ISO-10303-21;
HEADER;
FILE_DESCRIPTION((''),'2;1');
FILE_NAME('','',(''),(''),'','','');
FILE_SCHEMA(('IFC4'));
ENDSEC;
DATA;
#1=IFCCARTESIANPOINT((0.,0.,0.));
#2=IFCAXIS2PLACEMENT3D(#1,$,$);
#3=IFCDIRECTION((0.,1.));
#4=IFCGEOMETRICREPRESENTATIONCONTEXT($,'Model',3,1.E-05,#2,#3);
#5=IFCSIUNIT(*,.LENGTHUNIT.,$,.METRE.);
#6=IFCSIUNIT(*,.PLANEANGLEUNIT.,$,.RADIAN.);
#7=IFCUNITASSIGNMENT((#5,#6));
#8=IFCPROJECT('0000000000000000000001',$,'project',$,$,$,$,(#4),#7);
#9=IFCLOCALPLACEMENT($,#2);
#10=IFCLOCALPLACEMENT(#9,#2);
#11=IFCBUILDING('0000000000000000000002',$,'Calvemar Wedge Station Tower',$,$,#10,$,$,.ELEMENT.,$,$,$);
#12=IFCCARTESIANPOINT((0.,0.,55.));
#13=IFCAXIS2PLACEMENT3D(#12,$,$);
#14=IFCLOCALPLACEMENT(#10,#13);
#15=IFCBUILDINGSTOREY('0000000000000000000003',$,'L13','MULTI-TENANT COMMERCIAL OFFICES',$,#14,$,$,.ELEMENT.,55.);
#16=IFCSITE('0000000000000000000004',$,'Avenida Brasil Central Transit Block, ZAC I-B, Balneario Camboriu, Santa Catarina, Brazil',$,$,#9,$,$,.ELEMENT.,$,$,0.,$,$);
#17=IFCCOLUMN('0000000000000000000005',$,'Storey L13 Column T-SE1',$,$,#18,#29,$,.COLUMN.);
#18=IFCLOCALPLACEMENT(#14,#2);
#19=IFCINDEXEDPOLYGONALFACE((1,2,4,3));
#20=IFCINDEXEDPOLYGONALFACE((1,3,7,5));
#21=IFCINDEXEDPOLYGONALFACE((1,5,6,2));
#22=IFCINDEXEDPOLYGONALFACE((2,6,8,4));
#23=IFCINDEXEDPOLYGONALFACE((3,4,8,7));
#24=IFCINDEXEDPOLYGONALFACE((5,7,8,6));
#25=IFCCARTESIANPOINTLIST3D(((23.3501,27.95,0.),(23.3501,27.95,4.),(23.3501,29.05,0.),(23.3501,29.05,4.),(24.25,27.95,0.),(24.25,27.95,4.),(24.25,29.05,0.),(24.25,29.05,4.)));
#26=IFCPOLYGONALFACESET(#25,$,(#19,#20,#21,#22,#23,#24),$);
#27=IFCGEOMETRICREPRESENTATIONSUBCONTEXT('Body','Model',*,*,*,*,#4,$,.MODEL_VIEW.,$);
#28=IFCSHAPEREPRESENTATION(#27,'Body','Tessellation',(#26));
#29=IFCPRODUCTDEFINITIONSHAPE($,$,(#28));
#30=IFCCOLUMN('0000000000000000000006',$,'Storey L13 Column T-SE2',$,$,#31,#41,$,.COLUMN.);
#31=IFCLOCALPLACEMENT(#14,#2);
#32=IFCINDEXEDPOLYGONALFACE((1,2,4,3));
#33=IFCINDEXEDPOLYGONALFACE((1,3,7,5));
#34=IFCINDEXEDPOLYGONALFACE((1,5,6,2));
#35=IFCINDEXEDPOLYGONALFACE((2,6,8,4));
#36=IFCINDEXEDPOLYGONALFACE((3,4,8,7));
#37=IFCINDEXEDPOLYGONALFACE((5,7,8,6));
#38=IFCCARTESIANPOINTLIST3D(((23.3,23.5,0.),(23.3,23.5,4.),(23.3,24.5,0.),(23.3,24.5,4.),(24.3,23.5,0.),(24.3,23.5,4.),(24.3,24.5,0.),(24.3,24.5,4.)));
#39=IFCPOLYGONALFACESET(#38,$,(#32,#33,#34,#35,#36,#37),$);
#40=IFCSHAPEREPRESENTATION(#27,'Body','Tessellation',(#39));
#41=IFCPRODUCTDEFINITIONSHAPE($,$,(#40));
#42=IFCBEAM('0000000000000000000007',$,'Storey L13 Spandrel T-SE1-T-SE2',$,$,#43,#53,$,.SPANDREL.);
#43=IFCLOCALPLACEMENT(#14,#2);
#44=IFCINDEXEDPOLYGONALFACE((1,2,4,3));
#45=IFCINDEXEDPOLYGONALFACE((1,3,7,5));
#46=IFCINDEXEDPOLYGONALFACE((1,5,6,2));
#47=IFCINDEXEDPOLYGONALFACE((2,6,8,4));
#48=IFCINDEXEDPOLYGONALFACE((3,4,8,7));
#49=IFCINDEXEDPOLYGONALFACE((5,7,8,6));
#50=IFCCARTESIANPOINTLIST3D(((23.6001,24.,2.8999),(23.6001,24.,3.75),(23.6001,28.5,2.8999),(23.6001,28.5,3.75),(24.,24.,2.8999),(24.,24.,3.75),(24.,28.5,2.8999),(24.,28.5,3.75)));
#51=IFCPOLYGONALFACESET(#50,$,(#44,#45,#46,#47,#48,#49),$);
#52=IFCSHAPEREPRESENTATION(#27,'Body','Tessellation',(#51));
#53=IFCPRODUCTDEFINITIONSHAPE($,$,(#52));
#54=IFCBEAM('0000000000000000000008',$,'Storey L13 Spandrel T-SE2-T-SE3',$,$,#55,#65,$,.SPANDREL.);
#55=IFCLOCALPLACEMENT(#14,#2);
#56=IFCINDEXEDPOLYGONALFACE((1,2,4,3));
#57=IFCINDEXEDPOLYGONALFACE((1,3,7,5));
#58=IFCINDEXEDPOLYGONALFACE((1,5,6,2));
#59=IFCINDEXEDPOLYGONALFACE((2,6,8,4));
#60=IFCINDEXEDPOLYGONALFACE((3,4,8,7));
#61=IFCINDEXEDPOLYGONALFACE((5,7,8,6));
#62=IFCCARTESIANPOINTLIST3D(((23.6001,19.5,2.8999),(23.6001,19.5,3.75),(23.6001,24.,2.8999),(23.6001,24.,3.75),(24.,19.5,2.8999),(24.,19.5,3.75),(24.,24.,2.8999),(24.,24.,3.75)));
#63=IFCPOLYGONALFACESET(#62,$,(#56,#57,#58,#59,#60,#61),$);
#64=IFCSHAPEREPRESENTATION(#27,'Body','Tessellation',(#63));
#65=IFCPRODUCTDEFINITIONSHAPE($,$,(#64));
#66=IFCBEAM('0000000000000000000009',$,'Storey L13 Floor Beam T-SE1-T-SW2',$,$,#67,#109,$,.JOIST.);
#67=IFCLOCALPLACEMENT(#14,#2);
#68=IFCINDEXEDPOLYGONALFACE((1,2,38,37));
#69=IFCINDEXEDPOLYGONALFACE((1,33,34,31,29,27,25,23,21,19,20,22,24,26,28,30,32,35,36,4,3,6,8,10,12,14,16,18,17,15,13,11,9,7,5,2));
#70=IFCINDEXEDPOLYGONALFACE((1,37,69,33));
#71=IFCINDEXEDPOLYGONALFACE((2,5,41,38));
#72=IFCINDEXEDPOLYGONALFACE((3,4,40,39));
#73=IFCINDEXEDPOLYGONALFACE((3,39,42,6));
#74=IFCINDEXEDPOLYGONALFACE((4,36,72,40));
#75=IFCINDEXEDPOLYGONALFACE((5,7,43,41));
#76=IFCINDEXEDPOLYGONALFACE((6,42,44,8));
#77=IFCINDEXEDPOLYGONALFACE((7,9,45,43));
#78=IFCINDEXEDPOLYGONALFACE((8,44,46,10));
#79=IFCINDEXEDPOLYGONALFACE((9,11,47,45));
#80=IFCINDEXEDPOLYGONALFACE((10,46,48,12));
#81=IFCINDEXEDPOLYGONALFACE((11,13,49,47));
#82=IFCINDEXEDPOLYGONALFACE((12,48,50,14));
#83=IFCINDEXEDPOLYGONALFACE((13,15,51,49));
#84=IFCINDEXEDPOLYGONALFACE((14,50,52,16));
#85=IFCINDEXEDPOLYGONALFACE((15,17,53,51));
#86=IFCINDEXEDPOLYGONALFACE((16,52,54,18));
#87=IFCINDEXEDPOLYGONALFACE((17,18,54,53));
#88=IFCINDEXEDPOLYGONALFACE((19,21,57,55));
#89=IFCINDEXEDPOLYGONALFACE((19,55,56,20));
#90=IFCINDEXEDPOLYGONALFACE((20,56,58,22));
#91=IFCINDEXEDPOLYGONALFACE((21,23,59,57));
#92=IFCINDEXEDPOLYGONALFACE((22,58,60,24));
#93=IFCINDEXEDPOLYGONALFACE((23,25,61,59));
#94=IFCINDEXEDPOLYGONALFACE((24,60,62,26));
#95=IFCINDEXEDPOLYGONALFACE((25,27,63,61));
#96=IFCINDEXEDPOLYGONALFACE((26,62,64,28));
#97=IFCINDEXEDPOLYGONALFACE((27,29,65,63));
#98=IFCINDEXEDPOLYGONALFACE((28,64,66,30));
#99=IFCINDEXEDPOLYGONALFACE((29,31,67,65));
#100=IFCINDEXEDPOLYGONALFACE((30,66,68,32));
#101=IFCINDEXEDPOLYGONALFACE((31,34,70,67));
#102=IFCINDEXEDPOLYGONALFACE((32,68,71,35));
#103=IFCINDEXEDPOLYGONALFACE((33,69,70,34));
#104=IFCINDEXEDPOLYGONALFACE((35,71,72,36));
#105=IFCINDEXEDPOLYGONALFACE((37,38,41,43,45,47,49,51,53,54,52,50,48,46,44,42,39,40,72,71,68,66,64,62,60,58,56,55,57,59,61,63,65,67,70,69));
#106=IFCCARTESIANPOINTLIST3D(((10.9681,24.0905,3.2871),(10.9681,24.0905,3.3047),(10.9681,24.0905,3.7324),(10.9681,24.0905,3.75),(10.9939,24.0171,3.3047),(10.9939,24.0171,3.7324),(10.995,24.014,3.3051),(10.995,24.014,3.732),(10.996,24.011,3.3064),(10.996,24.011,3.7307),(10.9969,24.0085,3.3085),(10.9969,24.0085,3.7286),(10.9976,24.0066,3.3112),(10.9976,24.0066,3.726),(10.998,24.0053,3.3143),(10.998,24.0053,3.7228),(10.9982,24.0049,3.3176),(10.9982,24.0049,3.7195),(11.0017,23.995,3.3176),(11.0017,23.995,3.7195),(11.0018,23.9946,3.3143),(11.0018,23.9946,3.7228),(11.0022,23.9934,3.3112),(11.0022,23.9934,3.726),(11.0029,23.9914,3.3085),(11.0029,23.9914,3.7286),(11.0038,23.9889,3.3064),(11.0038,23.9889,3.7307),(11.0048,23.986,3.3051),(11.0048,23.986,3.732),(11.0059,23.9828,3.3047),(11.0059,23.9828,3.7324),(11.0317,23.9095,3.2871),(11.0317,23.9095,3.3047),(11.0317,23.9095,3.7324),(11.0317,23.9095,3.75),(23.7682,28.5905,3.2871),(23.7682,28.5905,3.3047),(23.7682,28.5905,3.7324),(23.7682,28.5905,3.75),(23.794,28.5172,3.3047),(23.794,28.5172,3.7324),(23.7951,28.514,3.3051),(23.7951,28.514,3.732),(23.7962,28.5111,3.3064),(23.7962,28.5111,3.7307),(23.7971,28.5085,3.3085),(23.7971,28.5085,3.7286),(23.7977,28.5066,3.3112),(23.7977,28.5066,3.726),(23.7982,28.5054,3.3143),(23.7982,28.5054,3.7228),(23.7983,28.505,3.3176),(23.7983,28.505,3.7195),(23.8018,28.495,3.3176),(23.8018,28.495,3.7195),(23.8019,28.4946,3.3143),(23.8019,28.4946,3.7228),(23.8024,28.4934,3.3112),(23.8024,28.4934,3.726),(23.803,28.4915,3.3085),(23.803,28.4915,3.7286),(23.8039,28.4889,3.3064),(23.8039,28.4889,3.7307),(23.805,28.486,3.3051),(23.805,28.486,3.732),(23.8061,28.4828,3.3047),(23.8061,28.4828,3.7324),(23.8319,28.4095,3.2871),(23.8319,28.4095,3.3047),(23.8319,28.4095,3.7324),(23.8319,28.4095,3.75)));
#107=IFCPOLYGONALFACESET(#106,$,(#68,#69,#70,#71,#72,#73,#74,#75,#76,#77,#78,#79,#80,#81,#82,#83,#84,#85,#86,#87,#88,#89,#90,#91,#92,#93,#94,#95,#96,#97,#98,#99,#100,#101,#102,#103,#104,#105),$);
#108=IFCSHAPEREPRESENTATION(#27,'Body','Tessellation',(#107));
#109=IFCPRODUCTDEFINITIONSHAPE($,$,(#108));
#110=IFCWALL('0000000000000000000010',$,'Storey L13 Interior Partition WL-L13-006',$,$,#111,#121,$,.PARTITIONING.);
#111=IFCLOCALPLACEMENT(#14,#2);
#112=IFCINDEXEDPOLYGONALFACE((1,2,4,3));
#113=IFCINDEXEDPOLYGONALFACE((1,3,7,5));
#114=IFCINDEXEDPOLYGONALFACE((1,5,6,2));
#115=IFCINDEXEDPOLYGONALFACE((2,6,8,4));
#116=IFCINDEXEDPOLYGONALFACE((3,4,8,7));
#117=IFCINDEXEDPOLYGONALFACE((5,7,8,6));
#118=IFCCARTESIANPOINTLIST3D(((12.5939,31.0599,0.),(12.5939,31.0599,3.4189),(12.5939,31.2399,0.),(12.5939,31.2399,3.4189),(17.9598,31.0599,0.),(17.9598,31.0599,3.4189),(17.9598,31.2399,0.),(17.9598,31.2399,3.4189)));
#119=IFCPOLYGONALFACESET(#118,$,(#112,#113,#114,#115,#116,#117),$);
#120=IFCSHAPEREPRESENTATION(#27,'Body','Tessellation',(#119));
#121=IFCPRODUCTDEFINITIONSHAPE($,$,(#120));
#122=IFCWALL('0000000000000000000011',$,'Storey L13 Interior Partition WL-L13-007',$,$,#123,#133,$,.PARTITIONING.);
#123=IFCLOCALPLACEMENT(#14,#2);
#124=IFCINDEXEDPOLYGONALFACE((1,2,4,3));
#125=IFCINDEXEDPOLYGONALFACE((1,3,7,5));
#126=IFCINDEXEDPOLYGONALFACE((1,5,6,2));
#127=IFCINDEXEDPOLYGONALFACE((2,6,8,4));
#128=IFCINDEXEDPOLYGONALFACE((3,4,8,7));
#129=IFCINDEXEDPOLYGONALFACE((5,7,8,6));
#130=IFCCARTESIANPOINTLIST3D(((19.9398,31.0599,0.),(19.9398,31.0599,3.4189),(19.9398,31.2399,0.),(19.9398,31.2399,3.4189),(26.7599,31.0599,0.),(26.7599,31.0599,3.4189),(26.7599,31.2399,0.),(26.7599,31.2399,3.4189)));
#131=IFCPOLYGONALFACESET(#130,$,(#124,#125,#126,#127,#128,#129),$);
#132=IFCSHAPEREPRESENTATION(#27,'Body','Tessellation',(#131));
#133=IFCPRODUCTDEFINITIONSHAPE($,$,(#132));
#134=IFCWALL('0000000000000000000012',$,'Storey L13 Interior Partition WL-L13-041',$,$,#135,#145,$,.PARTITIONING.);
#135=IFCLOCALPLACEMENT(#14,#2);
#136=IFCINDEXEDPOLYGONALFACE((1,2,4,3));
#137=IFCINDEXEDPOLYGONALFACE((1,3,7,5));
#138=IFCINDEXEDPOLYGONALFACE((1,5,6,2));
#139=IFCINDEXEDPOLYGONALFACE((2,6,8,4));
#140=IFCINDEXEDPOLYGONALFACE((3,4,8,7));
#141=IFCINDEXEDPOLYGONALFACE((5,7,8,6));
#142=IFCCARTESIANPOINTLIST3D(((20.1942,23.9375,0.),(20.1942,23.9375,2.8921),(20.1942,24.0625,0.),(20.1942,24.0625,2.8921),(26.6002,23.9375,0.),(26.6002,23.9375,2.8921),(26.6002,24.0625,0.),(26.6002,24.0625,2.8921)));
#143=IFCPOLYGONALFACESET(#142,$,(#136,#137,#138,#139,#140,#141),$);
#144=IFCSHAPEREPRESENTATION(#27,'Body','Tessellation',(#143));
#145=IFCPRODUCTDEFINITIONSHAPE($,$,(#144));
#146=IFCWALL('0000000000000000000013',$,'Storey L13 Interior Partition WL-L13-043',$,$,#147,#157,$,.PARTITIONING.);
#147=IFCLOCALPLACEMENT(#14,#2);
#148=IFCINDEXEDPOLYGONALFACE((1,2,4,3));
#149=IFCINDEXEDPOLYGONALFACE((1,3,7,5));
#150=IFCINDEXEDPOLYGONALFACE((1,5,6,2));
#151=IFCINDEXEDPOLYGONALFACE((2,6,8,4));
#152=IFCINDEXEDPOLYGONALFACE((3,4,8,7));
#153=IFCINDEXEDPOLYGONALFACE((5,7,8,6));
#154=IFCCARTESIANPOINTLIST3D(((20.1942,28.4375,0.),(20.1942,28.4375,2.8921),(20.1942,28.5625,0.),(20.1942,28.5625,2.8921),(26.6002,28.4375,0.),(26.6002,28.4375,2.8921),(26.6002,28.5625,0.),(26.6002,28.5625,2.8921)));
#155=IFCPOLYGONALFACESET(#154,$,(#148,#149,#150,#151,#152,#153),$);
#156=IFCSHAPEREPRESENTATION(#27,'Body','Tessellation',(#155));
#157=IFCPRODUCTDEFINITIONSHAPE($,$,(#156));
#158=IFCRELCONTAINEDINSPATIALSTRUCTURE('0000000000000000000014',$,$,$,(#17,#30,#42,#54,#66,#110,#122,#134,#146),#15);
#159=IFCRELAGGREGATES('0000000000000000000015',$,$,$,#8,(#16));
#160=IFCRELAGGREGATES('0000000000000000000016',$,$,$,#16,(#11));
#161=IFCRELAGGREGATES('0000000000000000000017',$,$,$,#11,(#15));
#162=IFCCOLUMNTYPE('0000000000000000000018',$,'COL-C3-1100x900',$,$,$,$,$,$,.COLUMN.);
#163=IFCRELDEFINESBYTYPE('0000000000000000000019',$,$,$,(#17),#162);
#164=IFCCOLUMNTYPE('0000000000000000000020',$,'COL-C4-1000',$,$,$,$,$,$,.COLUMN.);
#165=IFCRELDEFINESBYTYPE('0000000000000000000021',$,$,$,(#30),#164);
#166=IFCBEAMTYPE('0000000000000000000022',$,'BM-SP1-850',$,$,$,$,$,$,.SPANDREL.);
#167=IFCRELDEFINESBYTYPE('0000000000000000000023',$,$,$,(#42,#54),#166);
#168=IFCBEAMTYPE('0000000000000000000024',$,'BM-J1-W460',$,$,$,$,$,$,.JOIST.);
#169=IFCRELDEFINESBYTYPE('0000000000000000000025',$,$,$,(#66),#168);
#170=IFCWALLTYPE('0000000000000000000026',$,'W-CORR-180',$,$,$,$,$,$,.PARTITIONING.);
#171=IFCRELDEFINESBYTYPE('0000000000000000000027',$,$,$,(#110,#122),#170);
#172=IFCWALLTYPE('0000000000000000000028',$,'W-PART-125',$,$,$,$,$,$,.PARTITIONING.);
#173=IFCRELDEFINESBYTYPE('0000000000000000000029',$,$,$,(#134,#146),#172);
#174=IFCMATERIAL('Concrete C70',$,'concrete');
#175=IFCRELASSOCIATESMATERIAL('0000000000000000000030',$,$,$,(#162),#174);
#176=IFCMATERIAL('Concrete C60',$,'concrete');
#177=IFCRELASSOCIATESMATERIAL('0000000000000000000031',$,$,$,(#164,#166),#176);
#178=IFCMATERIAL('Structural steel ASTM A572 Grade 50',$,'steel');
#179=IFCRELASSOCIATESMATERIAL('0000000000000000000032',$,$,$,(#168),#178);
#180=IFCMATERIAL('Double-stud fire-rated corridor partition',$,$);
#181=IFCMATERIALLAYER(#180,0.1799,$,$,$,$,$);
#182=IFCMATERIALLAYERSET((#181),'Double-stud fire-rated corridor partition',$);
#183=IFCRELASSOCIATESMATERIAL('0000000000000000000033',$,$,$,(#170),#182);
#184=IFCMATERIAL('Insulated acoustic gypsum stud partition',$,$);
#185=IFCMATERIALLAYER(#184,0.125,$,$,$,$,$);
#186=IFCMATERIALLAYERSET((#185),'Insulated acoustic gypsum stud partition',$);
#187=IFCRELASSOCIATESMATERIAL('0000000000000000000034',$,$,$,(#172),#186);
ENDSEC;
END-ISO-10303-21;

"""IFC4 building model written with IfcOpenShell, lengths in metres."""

from ifc_helpers import new_model, si_unit, direction, frame, frame_2d, origin, origin_2d, place, context, subcontext, project, spatial, rectangle, i_section, extrude, source, transform, mapped, material, layer, layer_set, material_profile, profile_set, type_object, element, save


model = new_model("IFC4")

# Units and contexts
model_context = context("Model", 3, precision=1e-05, world=origin(), true_north=direction((0.0, 1.0)))
body_context = subcontext(model_context, "Body", "Model", "MODEL_VIEW")
ifc_project = project(units=[si_unit("LENGTHUNIT", "METRE"), si_unit("PLANEANGLEUNIT", "RADIAN")], contexts=[model_context])

# Site, building, storey
site_placement = place(None, origin())
site = spatial("IfcSite", under=ifc_project, at=site_placement, Name="Avenida Brasil Central Transit Block, ZAC I-B, Balneario Camboriu, Santa Catarina, Brazil", CompositionType="ELEMENT", RefElevation=0.0)
building_placement = place(site_placement, origin())
building = spatial("IfcBuilding", under=site, at=building_placement, Name="Calvemar Wedge Station Tower", CompositionType="ELEMENT")
storey_placement = place(building_placement, frame((0.0, 0.0, 55.0)))
storey = spatial("IfcBuildingStorey", under=building, at=storey_placement, Name="L13", Description="MULTI-TENANT COMMERCIAL OFFICES", CompositionType="ELEMENT", Elevation=55.0)

# Columns
ifc_material_1 = material(Name="Concrete C70", Category="concrete")
ifc_material_profile_1 = material_profile(ifc_material_1, rectangle(XDim=0.8999, YDim=1.1001, at=origin_2d()), Name="RC1100x900")
ifc_profile_set_1 = profile_set([ifc_material_profile_1], Name="Concrete C70")
column_type_1 = type_object("IfcColumnType", Name="COL-C3-1100x900", PredefinedType="COLUMN", material=ifc_profile_set_1)
shared_shape_1 = source(origin(), body_context, "Body", "SweptSolid", [
    extrude(rectangle(XDim=0.8999, YDim=1.1001, at=origin_2d()), origin(), (0.0, 0.0, 1.0), 4.0),
])
column_1_placement = place(storey_placement, frame((23.8, 28.5, 0.0), z_axis=(0.0, 0.0, 1.0), x_axis=(1.0, 0.0, 0.0)))
element("IfcColumn", 1, at=column_1_placement, inside=storey, type_object=column_type_1, Name="Storey L13 Column T-SE1", PredefinedType="COLUMN", context=body_context, shape_type="MappedRepresentation", body=[
    mapped(shared_shape_1, transform((0.0, 0.0, 0.0), scale=1.0)),
])
ifc_material_2 = material(Name="Concrete C60", Category="concrete")
ifc_material_profile_2 = material_profile(ifc_material_2, rectangle(XDim=1.0, YDim=1.0, at=origin_2d()), Name="RC1000x1000")
ifc_profile_set_2 = profile_set([ifc_material_profile_2], Name="Concrete C60")
column_type_2 = type_object("IfcColumnType", Name="COL-C4-1000", PredefinedType="COLUMN", material=ifc_profile_set_2)
shared_shape_2 = source(origin(), body_context, "Body", "SweptSolid", [
    extrude(rectangle(XDim=1.0, YDim=1.0, at=origin_2d()), origin(), (0.0, 0.0, 1.0), 4.0),
])
column_2_placement = place(storey_placement, frame((23.8, 24.0, 0.0), z_axis=(0.0, 0.0, 1.0), x_axis=(1.0, 0.0, 0.0)))
element("IfcColumn", 2, at=column_2_placement, inside=storey, type_object=column_type_2, Name="Storey L13 Column T-SE2", PredefinedType="COLUMN", context=body_context, shape_type="MappedRepresentation", body=[
    mapped(shared_shape_2, transform((0.0, 0.0, 0.0), scale=1.0)),
])

# Beams
ifc_material_profile_3 = material_profile(ifc_material_2, rectangle(XDim=0.3999, YDim=0.8501, at=origin_2d()), Name="RC400x850")
ifc_profile_set_3 = profile_set([ifc_material_profile_3], Name="Concrete C60")
beam_type_1 = type_object("IfcBeamType", Name="BM-SP1-850", PredefinedType="SPANDREL", material=ifc_profile_set_3)
shared_shape_3 = source(origin(), body_context, "Body", "SweptSolid", [
    extrude(rectangle(XDim=0.3999, YDim=0.8501, at=origin_2d()), origin(), (0.0, 0.0, 1.0), 4.5),
])
for number, where, z_axis, x_axis, name in (
    (3, (23.8, 28.5, 3.325), (0.0, -1.0, 0.0), (1.0, 0.0, 0.0), "Storey L13 Spandrel T-SE1-T-SE2"),
    (4, (23.8, 24.0, 3.325), (0.0, -1.0, 0.0), (1.0, 0.0, 0.0), "Storey L13 Spandrel T-SE2-T-SE3"),
):
    element("IfcBeam", number, at=place(storey_placement, frame(where, z_axis=z_axis, x_axis=x_axis)), inside=storey, type_object=beam_type_1, Name=name, PredefinedType="SPANDREL", context=body_context, shape_type="MappedRepresentation", body=[
        mapped(shared_shape_3, transform((0.0, 0.0, 0.0), scale=1.0)),
    ])
ifc_material_3 = material(Name="Structural steel ASTM A572 Grade 50", Category="steel")
ifc_material_profile_4 = material_profile(ifc_material_3, i_section(OverallWidth=0.1919, OverallDepth=0.4629, WebThickness=0.0105, FlangeThickness=0.0176, FilletRadius=0.0129, at=origin_2d()), Name="W460x89")
ifc_profile_set_4 = profile_set([ifc_material_profile_4], Name="Structural steel ASTM A572 Grade 50")
beam_type_2 = type_object("IfcBeamType", Name="BM-J1-W460", PredefinedType="JOIST", material=ifc_profile_set_4)
shared_shape_4 = source(origin(), body_context, "Body", "SweptSolid", [
    extrude(i_section(OverallWidth=0.1919, OverallDepth=0.4629, WebThickness=0.0105, FlangeThickness=0.0176, FilletRadius=0.0129, at=origin_2d()), origin(), (0.0, 0.0, 1.0), 13.5681),
])
beam_placement = place(storey_placement, frame((23.8, 28.5, 3.5186), z_axis=(-0.943398, -0.331662, 0.0), x_axis=(0.331662, -0.943398, 0.0)))
element("IfcBeam", 5, at=beam_placement, inside=storey, type_object=beam_type_2, Name="Storey L13 Floor Beam T-SE1-T-SW2", PredefinedType="JOIST", context=body_context, shape_type="MappedRepresentation", body=[
    mapped(shared_shape_4, transform((0.0, 0.0, 0.0), scale=1.0)),
])

# Walls
ifc_material_4 = material(Name="Double-stud fire-rated corridor partition")
ifc_layer_1 = layer(ifc_material_4, 0.1799)
ifc_layer_set_1 = layer_set([ifc_layer_1], Name="Double-stud fire-rated corridor partition")
wall_type_1 = type_object("IfcWallType", Name="W-CORR-180", PredefinedType="PARTITIONING", material=ifc_layer_set_1)
wall_1_placement = place(storey_placement, frame((17.96, 31.1499, 0.0), z_axis=(0.0, 0.0, 1.0), x_axis=(-1.0, 0.0, 0.0)))
element("IfcWall", 6, at=wall_1_placement, inside=storey, type_object=wall_type_1, Name="Storey L13 Interior Partition WL-L13-006", PredefinedType="PARTITIONING", context=body_context, shape_type="SweptSolid", body=[
    extrude(rectangle(XDim=5.366, YDim=0.1799, at=frame_2d((2.6831, 0.0))), origin(), (0.0, 0.0, 1.0), 3.4189),
])
wall_2_placement = place(storey_placement, frame((26.76, 31.1499, 0.0), z_axis=(0.0, 0.0, 1.0), x_axis=(-1.0, 0.0, 0.0)))
element("IfcWall", 7, at=wall_2_placement, inside=storey, type_object=wall_type_1, Name="Storey L13 Interior Partition WL-L13-007", PredefinedType="PARTITIONING", context=body_context, shape_type="SweptSolid", body=[
    extrude(rectangle(XDim=6.8201, YDim=0.1799, at=frame_2d((3.4102, 0.0))), origin(), (0.0, 0.0, 1.0), 3.4189),
])

# Walls
ifc_material_5 = material(Name="Insulated acoustic gypsum stud partition")
ifc_layer_2 = layer(ifc_material_5, 0.125)
ifc_layer_set_2 = layer_set([ifc_layer_2], Name="Insulated acoustic gypsum stud partition")
wall_type_2 = type_object("IfcWallType", Name="W-PART-125", PredefinedType="PARTITIONING", material=ifc_layer_set_2)
for number, where, z_axis, x_axis, name in (
    (8, (20.1941, 24.0, 0.0), (0.0, 0.0, 1.0), (1.0, 0.0, 0.0), "Storey L13 Interior Partition WL-L13-041"),
    (9, (20.1941, 28.5, 0.0), (0.0, 0.0, 1.0), (1.0, 0.0, 0.0), "Storey L13 Interior Partition WL-L13-043"),
):
    element("IfcWall", number, at=place(storey_placement, frame(where, z_axis=z_axis, x_axis=x_axis)), inside=storey, type_object=wall_type_2, Name=name, PredefinedType="PARTITIONING", context=body_context, shape_type="SweptSolid", body=[
        extrude(rectangle(XDim=6.406, YDim=0.125, at=frame_2d((3.2031, 0.0))), origin(), (0.0, 0.0, 1.0), 2.8921),
    ])

save(model, "model.ifc")
